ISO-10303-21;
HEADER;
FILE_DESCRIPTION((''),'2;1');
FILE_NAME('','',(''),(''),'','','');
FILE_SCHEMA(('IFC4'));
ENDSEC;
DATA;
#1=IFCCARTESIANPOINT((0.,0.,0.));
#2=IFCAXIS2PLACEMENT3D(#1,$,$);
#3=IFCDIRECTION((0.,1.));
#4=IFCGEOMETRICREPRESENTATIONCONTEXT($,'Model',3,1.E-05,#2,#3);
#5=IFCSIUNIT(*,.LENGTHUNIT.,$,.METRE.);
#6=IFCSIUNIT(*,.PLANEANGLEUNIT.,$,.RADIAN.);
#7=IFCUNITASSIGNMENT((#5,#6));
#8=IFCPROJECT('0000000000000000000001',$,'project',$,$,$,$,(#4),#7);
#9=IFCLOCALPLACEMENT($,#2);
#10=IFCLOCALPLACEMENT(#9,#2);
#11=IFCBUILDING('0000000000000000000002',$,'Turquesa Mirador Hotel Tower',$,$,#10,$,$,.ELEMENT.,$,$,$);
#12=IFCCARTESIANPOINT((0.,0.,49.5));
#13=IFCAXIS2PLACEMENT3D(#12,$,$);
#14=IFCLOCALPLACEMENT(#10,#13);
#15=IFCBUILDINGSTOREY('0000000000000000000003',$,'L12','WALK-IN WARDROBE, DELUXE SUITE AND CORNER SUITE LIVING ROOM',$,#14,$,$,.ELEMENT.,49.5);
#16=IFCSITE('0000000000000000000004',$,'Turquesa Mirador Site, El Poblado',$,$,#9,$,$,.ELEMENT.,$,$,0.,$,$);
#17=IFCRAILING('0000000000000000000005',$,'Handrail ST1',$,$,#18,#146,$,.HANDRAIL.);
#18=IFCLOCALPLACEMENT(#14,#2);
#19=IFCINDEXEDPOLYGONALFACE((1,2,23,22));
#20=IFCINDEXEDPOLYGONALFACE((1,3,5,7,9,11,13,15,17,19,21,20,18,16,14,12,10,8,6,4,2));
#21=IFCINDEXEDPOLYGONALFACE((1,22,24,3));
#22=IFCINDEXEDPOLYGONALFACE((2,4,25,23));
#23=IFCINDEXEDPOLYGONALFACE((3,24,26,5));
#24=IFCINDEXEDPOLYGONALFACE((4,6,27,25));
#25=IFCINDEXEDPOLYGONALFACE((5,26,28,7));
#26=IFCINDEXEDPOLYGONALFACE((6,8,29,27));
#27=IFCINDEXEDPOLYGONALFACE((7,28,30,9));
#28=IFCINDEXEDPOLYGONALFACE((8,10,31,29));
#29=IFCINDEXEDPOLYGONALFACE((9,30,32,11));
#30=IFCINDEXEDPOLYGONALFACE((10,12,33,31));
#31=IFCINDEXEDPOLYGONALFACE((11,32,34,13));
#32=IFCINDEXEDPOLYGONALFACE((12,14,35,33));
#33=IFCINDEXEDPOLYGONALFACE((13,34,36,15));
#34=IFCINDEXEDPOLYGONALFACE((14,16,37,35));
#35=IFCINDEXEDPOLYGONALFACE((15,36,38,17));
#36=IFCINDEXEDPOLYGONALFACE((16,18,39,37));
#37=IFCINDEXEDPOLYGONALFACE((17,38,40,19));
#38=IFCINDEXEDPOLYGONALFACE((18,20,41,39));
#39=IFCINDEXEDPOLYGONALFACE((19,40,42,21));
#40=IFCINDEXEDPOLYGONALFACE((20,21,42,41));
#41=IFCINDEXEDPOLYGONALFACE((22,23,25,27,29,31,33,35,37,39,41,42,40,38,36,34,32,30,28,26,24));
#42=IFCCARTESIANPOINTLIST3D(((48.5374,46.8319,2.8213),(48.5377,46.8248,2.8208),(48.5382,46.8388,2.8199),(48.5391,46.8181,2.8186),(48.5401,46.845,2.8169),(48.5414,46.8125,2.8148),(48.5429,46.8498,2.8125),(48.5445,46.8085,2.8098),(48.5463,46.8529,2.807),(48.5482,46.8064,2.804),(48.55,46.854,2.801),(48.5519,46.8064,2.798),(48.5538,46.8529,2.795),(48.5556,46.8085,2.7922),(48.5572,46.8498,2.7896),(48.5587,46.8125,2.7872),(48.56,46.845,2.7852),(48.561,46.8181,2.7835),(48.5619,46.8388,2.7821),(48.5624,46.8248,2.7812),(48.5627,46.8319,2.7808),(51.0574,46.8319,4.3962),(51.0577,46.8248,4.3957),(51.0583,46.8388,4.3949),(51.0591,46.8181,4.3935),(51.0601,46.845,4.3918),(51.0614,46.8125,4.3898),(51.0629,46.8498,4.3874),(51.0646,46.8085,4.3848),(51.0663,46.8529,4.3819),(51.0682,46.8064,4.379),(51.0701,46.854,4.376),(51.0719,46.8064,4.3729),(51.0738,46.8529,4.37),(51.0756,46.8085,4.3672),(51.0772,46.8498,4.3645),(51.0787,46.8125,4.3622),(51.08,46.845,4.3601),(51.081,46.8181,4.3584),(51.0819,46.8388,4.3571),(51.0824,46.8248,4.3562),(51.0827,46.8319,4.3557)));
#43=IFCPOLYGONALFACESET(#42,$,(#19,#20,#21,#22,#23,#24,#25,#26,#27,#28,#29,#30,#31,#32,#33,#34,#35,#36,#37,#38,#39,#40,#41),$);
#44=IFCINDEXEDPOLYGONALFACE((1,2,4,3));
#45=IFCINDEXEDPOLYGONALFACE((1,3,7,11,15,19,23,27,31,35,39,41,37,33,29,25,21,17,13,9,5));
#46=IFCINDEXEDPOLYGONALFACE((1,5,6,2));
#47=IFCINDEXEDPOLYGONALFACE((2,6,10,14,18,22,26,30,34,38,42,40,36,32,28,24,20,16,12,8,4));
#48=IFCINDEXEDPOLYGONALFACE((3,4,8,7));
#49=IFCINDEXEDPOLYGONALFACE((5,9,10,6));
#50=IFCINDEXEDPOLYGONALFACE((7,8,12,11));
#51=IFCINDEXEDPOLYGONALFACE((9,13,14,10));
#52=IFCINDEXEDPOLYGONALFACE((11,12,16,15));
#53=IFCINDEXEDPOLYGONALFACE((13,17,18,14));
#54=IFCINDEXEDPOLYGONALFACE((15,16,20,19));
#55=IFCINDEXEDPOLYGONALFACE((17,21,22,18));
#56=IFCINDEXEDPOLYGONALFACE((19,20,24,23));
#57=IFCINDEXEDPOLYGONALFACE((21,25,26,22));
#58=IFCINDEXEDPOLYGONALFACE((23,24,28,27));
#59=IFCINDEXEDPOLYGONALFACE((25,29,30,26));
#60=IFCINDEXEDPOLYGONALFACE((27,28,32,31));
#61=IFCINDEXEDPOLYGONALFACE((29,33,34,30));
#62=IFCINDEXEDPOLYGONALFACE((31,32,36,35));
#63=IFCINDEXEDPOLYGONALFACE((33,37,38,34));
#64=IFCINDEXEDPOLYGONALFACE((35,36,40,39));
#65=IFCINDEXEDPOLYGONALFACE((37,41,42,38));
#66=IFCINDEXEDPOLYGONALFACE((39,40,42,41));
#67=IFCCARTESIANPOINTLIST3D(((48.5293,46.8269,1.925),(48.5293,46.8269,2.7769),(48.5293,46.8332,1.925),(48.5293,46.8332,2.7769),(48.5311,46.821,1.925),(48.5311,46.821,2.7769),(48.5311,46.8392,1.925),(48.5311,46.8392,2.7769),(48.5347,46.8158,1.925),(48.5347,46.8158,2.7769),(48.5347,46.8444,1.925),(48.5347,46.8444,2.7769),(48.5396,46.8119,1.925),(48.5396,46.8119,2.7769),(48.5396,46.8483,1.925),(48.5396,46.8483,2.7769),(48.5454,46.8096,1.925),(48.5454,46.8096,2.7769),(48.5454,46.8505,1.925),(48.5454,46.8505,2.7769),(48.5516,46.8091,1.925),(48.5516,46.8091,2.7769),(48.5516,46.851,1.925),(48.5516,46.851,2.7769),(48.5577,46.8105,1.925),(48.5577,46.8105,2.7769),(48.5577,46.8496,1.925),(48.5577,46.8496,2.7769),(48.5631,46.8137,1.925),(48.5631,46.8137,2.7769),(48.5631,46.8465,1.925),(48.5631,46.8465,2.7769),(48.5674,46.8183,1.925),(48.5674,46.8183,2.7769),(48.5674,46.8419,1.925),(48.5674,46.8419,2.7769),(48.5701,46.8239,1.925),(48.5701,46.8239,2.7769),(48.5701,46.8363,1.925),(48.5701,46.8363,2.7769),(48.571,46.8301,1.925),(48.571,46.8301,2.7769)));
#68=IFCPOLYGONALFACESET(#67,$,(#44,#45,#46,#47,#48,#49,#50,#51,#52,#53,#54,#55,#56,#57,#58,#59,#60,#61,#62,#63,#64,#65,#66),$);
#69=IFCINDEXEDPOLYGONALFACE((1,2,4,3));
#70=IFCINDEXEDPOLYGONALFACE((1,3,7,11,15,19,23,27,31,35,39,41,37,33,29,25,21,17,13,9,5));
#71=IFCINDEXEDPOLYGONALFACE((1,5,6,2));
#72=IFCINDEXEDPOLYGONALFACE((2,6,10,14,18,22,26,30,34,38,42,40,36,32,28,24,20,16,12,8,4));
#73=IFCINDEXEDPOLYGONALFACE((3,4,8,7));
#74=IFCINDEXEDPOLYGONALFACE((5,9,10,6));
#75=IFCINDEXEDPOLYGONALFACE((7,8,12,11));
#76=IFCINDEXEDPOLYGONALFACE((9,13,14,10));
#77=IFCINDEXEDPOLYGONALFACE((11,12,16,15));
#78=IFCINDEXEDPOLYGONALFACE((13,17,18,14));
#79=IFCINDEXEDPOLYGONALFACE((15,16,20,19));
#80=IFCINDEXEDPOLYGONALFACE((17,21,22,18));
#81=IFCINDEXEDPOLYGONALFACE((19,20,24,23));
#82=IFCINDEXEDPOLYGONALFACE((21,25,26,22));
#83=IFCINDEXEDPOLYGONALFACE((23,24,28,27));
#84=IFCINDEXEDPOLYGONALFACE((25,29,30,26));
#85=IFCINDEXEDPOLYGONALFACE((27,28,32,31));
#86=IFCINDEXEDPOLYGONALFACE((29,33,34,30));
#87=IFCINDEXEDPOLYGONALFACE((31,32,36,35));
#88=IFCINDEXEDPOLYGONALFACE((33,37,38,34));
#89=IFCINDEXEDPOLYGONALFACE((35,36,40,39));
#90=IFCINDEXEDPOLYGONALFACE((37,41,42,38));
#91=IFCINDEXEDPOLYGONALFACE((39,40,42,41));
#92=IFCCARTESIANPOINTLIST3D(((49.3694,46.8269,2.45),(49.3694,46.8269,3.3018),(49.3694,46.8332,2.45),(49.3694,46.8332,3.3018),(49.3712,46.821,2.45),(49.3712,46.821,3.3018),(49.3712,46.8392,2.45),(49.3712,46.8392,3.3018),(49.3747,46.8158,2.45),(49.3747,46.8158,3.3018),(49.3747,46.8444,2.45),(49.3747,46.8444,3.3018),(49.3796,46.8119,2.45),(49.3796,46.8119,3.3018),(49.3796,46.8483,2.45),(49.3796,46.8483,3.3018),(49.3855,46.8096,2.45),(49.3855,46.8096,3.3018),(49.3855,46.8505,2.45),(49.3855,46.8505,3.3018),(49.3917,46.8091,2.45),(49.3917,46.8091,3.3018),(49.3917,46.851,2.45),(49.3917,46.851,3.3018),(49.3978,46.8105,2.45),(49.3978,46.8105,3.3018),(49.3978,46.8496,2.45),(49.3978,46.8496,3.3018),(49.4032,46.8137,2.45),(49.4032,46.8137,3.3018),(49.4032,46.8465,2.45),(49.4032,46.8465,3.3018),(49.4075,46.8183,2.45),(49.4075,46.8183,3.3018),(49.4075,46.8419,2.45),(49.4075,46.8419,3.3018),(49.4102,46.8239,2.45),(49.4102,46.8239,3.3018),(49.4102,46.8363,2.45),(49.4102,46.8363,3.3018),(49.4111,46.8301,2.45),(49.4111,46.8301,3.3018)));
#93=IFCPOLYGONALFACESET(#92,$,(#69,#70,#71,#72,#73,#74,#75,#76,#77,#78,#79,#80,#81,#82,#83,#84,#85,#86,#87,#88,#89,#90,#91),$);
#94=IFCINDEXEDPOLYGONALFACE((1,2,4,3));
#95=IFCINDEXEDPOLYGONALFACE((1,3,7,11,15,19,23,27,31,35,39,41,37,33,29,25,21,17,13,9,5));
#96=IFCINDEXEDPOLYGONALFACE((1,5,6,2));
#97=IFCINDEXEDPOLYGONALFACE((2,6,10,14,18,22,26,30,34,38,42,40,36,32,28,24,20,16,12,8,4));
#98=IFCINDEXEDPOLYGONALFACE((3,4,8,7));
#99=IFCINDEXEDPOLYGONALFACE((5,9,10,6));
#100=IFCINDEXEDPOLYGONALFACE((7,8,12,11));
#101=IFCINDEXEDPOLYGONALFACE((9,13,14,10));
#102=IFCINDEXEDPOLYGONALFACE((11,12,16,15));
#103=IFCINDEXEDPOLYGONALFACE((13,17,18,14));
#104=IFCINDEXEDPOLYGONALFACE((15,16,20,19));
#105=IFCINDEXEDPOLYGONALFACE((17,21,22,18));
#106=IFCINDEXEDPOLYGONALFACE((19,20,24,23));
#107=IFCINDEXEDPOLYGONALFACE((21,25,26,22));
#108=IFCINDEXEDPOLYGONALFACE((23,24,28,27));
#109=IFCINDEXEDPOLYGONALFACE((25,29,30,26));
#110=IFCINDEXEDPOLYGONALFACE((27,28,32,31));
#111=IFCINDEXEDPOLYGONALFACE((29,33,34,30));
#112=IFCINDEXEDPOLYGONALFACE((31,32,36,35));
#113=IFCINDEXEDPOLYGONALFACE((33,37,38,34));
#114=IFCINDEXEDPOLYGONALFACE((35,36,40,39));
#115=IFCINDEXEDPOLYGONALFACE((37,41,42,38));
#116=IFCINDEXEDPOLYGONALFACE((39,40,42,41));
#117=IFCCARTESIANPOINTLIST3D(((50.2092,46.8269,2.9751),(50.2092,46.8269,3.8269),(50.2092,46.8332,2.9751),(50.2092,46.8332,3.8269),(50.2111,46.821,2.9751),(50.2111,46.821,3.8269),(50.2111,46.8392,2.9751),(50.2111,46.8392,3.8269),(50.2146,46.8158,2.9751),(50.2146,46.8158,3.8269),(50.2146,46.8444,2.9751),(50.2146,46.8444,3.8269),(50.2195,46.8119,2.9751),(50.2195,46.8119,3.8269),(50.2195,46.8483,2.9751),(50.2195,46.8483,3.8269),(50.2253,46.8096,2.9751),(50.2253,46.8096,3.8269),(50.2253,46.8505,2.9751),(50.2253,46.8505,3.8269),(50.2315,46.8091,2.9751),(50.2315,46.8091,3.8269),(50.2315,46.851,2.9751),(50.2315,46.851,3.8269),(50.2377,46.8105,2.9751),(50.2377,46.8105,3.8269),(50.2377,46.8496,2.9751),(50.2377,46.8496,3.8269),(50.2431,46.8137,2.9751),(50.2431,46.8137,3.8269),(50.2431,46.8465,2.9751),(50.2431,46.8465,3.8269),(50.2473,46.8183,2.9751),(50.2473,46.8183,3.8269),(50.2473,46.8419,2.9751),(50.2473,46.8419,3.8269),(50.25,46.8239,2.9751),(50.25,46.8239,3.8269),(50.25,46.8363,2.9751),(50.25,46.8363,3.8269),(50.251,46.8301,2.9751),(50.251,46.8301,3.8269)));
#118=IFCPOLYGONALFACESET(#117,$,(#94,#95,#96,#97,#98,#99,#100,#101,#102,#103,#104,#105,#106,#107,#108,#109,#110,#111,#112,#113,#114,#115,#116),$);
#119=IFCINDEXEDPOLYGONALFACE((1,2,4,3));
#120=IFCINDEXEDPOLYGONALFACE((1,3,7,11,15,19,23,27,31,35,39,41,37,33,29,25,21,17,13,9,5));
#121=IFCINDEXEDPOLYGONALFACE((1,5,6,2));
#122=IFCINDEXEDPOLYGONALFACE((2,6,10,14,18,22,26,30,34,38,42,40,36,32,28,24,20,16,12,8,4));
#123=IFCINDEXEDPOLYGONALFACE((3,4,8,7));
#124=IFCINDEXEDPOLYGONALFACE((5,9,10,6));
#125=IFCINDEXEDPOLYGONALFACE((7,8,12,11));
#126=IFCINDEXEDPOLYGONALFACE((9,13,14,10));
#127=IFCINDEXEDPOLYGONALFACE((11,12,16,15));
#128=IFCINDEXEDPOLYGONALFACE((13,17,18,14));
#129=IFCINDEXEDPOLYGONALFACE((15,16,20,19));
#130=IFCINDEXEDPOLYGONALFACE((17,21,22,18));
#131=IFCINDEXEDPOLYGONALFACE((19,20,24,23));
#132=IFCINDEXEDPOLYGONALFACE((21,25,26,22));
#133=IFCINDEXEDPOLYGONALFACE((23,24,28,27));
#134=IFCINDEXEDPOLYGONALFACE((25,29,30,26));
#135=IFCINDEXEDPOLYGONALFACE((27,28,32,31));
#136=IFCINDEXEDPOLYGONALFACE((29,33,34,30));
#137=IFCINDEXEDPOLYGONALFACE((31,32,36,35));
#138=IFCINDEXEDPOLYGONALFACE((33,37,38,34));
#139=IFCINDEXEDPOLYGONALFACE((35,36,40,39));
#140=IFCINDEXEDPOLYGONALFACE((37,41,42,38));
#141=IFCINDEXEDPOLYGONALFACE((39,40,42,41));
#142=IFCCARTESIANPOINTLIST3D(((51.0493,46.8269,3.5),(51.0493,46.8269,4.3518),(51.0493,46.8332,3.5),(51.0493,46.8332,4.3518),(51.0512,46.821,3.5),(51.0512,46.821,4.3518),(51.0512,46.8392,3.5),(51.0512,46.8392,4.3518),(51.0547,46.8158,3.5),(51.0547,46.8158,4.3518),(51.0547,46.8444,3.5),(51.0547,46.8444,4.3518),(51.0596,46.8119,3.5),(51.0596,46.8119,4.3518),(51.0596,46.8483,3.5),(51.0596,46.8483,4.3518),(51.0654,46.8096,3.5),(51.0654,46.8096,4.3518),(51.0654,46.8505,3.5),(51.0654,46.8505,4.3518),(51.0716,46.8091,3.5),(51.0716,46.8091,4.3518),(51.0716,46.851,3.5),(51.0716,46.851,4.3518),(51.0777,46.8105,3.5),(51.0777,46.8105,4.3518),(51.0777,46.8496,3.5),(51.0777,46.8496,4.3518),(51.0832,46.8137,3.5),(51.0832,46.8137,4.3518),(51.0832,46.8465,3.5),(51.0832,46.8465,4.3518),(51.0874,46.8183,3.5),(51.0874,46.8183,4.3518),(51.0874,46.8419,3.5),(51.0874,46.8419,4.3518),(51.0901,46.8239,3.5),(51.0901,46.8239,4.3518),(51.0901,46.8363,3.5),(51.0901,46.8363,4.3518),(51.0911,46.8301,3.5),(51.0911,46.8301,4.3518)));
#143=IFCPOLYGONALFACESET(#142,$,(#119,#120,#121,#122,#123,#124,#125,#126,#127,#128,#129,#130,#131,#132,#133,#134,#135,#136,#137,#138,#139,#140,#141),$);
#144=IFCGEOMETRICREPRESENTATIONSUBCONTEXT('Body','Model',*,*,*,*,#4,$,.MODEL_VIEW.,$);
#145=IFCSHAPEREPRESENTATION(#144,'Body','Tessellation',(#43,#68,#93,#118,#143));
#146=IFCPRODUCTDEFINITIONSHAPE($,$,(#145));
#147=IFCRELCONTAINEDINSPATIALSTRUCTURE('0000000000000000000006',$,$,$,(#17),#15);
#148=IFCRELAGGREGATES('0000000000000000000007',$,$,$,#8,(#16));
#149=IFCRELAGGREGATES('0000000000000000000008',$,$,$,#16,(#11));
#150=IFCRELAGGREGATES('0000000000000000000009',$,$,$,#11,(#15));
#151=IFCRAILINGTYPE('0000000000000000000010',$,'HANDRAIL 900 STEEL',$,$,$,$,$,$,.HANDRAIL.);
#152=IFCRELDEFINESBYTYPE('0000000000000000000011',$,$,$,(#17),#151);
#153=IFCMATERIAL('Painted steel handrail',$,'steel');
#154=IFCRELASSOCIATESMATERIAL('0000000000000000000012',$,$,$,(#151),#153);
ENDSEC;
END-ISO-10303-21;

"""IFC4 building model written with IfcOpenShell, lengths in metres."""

from ifc_helpers import new_model, si_unit, direction, frame, origin, origin_2d, place, context, subcontext, project, spatial, circle, extrude, material, type_object, element, save


model = new_model("IFC4")

# Units and contexts
model_context = context("Model", 3, precision=1e-05, world=origin(), true_north=direction((0.0, 1.0)))
body_context = subcontext(model_context, "Body", "Model", "MODEL_VIEW")
ifc_project = project(units=[si_unit("LENGTHUNIT", "METRE"), si_unit("PLANEANGLEUNIT", "RADIAN")], contexts=[model_context])

# Site, building, storey
site_placement = place(None, origin())
site = spatial("IfcSite", under=ifc_project, at=site_placement, Name="Turquesa Mirador Site, El Poblado", CompositionType="ELEMENT", RefElevation=0.0)
building_placement = place(site_placement, origin())
building = spatial("IfcBuilding", under=site, at=building_placement, Name="Turquesa Mirador Hotel Tower", CompositionType="ELEMENT")
storey_placement = place(building_placement, frame((0.0, 0.0, 49.5)))
storey = spatial("IfcBuildingStorey", under=building, at=storey_placement, Name="L12", Description="WALK-IN WARDROBE, DELUXE SUITE AND CORNER SUITE LIVING ROOM", CompositionType="ELEMENT", Elevation=49.5)

# Railing
ifc_material_1 = material(Name="Painted steel handrail", Category="steel")
railing_type = type_object("IfcRailingType", Name="HANDRAIL 900 STEEL", PredefinedType="HANDRAIL", material=ifc_material_1)
railing_1_placement = place(storey_placement, frame((48.55, 46.8301, 1.925)))
element("IfcRailing", 1, at=railing_1_placement, inside=storey, type_object=railing_type, Name="Handrail ST1", PredefinedType="HANDRAIL", context=body_context, shape_type="SweptSolid", body=[
    extrude(circle(Radius=0.0239, at=origin_2d()), frame((0.0, 0.0, 0.876), z_axis=(0.848008, 0.0, 0.529984), x_axis=(0.0, 1.0, 0.0)), (0.0, 0.0, 1.0), 2.9717),
    extrude(circle(Radius=0.021, at=origin_2d()), origin(), (0.0, 0.0, 1.0), 0.8518),
    extrude(circle(Radius=0.021, at=origin_2d()), frame((0.8401, 0.0, 0.5249)), (0.0, 0.0, 1.0), 0.8518),
    extrude(circle(Radius=0.021, at=origin_2d()), frame((1.6799, 0.0, 1.05)), (0.0, 0.0, 1.0), 0.8518),
    extrude(circle(Radius=0.021, at=origin_2d()), frame((2.52, 0.0, 1.575)), (0.0, 0.0, 1.0), 0.8518),
])

save(model, "model.ifc")
